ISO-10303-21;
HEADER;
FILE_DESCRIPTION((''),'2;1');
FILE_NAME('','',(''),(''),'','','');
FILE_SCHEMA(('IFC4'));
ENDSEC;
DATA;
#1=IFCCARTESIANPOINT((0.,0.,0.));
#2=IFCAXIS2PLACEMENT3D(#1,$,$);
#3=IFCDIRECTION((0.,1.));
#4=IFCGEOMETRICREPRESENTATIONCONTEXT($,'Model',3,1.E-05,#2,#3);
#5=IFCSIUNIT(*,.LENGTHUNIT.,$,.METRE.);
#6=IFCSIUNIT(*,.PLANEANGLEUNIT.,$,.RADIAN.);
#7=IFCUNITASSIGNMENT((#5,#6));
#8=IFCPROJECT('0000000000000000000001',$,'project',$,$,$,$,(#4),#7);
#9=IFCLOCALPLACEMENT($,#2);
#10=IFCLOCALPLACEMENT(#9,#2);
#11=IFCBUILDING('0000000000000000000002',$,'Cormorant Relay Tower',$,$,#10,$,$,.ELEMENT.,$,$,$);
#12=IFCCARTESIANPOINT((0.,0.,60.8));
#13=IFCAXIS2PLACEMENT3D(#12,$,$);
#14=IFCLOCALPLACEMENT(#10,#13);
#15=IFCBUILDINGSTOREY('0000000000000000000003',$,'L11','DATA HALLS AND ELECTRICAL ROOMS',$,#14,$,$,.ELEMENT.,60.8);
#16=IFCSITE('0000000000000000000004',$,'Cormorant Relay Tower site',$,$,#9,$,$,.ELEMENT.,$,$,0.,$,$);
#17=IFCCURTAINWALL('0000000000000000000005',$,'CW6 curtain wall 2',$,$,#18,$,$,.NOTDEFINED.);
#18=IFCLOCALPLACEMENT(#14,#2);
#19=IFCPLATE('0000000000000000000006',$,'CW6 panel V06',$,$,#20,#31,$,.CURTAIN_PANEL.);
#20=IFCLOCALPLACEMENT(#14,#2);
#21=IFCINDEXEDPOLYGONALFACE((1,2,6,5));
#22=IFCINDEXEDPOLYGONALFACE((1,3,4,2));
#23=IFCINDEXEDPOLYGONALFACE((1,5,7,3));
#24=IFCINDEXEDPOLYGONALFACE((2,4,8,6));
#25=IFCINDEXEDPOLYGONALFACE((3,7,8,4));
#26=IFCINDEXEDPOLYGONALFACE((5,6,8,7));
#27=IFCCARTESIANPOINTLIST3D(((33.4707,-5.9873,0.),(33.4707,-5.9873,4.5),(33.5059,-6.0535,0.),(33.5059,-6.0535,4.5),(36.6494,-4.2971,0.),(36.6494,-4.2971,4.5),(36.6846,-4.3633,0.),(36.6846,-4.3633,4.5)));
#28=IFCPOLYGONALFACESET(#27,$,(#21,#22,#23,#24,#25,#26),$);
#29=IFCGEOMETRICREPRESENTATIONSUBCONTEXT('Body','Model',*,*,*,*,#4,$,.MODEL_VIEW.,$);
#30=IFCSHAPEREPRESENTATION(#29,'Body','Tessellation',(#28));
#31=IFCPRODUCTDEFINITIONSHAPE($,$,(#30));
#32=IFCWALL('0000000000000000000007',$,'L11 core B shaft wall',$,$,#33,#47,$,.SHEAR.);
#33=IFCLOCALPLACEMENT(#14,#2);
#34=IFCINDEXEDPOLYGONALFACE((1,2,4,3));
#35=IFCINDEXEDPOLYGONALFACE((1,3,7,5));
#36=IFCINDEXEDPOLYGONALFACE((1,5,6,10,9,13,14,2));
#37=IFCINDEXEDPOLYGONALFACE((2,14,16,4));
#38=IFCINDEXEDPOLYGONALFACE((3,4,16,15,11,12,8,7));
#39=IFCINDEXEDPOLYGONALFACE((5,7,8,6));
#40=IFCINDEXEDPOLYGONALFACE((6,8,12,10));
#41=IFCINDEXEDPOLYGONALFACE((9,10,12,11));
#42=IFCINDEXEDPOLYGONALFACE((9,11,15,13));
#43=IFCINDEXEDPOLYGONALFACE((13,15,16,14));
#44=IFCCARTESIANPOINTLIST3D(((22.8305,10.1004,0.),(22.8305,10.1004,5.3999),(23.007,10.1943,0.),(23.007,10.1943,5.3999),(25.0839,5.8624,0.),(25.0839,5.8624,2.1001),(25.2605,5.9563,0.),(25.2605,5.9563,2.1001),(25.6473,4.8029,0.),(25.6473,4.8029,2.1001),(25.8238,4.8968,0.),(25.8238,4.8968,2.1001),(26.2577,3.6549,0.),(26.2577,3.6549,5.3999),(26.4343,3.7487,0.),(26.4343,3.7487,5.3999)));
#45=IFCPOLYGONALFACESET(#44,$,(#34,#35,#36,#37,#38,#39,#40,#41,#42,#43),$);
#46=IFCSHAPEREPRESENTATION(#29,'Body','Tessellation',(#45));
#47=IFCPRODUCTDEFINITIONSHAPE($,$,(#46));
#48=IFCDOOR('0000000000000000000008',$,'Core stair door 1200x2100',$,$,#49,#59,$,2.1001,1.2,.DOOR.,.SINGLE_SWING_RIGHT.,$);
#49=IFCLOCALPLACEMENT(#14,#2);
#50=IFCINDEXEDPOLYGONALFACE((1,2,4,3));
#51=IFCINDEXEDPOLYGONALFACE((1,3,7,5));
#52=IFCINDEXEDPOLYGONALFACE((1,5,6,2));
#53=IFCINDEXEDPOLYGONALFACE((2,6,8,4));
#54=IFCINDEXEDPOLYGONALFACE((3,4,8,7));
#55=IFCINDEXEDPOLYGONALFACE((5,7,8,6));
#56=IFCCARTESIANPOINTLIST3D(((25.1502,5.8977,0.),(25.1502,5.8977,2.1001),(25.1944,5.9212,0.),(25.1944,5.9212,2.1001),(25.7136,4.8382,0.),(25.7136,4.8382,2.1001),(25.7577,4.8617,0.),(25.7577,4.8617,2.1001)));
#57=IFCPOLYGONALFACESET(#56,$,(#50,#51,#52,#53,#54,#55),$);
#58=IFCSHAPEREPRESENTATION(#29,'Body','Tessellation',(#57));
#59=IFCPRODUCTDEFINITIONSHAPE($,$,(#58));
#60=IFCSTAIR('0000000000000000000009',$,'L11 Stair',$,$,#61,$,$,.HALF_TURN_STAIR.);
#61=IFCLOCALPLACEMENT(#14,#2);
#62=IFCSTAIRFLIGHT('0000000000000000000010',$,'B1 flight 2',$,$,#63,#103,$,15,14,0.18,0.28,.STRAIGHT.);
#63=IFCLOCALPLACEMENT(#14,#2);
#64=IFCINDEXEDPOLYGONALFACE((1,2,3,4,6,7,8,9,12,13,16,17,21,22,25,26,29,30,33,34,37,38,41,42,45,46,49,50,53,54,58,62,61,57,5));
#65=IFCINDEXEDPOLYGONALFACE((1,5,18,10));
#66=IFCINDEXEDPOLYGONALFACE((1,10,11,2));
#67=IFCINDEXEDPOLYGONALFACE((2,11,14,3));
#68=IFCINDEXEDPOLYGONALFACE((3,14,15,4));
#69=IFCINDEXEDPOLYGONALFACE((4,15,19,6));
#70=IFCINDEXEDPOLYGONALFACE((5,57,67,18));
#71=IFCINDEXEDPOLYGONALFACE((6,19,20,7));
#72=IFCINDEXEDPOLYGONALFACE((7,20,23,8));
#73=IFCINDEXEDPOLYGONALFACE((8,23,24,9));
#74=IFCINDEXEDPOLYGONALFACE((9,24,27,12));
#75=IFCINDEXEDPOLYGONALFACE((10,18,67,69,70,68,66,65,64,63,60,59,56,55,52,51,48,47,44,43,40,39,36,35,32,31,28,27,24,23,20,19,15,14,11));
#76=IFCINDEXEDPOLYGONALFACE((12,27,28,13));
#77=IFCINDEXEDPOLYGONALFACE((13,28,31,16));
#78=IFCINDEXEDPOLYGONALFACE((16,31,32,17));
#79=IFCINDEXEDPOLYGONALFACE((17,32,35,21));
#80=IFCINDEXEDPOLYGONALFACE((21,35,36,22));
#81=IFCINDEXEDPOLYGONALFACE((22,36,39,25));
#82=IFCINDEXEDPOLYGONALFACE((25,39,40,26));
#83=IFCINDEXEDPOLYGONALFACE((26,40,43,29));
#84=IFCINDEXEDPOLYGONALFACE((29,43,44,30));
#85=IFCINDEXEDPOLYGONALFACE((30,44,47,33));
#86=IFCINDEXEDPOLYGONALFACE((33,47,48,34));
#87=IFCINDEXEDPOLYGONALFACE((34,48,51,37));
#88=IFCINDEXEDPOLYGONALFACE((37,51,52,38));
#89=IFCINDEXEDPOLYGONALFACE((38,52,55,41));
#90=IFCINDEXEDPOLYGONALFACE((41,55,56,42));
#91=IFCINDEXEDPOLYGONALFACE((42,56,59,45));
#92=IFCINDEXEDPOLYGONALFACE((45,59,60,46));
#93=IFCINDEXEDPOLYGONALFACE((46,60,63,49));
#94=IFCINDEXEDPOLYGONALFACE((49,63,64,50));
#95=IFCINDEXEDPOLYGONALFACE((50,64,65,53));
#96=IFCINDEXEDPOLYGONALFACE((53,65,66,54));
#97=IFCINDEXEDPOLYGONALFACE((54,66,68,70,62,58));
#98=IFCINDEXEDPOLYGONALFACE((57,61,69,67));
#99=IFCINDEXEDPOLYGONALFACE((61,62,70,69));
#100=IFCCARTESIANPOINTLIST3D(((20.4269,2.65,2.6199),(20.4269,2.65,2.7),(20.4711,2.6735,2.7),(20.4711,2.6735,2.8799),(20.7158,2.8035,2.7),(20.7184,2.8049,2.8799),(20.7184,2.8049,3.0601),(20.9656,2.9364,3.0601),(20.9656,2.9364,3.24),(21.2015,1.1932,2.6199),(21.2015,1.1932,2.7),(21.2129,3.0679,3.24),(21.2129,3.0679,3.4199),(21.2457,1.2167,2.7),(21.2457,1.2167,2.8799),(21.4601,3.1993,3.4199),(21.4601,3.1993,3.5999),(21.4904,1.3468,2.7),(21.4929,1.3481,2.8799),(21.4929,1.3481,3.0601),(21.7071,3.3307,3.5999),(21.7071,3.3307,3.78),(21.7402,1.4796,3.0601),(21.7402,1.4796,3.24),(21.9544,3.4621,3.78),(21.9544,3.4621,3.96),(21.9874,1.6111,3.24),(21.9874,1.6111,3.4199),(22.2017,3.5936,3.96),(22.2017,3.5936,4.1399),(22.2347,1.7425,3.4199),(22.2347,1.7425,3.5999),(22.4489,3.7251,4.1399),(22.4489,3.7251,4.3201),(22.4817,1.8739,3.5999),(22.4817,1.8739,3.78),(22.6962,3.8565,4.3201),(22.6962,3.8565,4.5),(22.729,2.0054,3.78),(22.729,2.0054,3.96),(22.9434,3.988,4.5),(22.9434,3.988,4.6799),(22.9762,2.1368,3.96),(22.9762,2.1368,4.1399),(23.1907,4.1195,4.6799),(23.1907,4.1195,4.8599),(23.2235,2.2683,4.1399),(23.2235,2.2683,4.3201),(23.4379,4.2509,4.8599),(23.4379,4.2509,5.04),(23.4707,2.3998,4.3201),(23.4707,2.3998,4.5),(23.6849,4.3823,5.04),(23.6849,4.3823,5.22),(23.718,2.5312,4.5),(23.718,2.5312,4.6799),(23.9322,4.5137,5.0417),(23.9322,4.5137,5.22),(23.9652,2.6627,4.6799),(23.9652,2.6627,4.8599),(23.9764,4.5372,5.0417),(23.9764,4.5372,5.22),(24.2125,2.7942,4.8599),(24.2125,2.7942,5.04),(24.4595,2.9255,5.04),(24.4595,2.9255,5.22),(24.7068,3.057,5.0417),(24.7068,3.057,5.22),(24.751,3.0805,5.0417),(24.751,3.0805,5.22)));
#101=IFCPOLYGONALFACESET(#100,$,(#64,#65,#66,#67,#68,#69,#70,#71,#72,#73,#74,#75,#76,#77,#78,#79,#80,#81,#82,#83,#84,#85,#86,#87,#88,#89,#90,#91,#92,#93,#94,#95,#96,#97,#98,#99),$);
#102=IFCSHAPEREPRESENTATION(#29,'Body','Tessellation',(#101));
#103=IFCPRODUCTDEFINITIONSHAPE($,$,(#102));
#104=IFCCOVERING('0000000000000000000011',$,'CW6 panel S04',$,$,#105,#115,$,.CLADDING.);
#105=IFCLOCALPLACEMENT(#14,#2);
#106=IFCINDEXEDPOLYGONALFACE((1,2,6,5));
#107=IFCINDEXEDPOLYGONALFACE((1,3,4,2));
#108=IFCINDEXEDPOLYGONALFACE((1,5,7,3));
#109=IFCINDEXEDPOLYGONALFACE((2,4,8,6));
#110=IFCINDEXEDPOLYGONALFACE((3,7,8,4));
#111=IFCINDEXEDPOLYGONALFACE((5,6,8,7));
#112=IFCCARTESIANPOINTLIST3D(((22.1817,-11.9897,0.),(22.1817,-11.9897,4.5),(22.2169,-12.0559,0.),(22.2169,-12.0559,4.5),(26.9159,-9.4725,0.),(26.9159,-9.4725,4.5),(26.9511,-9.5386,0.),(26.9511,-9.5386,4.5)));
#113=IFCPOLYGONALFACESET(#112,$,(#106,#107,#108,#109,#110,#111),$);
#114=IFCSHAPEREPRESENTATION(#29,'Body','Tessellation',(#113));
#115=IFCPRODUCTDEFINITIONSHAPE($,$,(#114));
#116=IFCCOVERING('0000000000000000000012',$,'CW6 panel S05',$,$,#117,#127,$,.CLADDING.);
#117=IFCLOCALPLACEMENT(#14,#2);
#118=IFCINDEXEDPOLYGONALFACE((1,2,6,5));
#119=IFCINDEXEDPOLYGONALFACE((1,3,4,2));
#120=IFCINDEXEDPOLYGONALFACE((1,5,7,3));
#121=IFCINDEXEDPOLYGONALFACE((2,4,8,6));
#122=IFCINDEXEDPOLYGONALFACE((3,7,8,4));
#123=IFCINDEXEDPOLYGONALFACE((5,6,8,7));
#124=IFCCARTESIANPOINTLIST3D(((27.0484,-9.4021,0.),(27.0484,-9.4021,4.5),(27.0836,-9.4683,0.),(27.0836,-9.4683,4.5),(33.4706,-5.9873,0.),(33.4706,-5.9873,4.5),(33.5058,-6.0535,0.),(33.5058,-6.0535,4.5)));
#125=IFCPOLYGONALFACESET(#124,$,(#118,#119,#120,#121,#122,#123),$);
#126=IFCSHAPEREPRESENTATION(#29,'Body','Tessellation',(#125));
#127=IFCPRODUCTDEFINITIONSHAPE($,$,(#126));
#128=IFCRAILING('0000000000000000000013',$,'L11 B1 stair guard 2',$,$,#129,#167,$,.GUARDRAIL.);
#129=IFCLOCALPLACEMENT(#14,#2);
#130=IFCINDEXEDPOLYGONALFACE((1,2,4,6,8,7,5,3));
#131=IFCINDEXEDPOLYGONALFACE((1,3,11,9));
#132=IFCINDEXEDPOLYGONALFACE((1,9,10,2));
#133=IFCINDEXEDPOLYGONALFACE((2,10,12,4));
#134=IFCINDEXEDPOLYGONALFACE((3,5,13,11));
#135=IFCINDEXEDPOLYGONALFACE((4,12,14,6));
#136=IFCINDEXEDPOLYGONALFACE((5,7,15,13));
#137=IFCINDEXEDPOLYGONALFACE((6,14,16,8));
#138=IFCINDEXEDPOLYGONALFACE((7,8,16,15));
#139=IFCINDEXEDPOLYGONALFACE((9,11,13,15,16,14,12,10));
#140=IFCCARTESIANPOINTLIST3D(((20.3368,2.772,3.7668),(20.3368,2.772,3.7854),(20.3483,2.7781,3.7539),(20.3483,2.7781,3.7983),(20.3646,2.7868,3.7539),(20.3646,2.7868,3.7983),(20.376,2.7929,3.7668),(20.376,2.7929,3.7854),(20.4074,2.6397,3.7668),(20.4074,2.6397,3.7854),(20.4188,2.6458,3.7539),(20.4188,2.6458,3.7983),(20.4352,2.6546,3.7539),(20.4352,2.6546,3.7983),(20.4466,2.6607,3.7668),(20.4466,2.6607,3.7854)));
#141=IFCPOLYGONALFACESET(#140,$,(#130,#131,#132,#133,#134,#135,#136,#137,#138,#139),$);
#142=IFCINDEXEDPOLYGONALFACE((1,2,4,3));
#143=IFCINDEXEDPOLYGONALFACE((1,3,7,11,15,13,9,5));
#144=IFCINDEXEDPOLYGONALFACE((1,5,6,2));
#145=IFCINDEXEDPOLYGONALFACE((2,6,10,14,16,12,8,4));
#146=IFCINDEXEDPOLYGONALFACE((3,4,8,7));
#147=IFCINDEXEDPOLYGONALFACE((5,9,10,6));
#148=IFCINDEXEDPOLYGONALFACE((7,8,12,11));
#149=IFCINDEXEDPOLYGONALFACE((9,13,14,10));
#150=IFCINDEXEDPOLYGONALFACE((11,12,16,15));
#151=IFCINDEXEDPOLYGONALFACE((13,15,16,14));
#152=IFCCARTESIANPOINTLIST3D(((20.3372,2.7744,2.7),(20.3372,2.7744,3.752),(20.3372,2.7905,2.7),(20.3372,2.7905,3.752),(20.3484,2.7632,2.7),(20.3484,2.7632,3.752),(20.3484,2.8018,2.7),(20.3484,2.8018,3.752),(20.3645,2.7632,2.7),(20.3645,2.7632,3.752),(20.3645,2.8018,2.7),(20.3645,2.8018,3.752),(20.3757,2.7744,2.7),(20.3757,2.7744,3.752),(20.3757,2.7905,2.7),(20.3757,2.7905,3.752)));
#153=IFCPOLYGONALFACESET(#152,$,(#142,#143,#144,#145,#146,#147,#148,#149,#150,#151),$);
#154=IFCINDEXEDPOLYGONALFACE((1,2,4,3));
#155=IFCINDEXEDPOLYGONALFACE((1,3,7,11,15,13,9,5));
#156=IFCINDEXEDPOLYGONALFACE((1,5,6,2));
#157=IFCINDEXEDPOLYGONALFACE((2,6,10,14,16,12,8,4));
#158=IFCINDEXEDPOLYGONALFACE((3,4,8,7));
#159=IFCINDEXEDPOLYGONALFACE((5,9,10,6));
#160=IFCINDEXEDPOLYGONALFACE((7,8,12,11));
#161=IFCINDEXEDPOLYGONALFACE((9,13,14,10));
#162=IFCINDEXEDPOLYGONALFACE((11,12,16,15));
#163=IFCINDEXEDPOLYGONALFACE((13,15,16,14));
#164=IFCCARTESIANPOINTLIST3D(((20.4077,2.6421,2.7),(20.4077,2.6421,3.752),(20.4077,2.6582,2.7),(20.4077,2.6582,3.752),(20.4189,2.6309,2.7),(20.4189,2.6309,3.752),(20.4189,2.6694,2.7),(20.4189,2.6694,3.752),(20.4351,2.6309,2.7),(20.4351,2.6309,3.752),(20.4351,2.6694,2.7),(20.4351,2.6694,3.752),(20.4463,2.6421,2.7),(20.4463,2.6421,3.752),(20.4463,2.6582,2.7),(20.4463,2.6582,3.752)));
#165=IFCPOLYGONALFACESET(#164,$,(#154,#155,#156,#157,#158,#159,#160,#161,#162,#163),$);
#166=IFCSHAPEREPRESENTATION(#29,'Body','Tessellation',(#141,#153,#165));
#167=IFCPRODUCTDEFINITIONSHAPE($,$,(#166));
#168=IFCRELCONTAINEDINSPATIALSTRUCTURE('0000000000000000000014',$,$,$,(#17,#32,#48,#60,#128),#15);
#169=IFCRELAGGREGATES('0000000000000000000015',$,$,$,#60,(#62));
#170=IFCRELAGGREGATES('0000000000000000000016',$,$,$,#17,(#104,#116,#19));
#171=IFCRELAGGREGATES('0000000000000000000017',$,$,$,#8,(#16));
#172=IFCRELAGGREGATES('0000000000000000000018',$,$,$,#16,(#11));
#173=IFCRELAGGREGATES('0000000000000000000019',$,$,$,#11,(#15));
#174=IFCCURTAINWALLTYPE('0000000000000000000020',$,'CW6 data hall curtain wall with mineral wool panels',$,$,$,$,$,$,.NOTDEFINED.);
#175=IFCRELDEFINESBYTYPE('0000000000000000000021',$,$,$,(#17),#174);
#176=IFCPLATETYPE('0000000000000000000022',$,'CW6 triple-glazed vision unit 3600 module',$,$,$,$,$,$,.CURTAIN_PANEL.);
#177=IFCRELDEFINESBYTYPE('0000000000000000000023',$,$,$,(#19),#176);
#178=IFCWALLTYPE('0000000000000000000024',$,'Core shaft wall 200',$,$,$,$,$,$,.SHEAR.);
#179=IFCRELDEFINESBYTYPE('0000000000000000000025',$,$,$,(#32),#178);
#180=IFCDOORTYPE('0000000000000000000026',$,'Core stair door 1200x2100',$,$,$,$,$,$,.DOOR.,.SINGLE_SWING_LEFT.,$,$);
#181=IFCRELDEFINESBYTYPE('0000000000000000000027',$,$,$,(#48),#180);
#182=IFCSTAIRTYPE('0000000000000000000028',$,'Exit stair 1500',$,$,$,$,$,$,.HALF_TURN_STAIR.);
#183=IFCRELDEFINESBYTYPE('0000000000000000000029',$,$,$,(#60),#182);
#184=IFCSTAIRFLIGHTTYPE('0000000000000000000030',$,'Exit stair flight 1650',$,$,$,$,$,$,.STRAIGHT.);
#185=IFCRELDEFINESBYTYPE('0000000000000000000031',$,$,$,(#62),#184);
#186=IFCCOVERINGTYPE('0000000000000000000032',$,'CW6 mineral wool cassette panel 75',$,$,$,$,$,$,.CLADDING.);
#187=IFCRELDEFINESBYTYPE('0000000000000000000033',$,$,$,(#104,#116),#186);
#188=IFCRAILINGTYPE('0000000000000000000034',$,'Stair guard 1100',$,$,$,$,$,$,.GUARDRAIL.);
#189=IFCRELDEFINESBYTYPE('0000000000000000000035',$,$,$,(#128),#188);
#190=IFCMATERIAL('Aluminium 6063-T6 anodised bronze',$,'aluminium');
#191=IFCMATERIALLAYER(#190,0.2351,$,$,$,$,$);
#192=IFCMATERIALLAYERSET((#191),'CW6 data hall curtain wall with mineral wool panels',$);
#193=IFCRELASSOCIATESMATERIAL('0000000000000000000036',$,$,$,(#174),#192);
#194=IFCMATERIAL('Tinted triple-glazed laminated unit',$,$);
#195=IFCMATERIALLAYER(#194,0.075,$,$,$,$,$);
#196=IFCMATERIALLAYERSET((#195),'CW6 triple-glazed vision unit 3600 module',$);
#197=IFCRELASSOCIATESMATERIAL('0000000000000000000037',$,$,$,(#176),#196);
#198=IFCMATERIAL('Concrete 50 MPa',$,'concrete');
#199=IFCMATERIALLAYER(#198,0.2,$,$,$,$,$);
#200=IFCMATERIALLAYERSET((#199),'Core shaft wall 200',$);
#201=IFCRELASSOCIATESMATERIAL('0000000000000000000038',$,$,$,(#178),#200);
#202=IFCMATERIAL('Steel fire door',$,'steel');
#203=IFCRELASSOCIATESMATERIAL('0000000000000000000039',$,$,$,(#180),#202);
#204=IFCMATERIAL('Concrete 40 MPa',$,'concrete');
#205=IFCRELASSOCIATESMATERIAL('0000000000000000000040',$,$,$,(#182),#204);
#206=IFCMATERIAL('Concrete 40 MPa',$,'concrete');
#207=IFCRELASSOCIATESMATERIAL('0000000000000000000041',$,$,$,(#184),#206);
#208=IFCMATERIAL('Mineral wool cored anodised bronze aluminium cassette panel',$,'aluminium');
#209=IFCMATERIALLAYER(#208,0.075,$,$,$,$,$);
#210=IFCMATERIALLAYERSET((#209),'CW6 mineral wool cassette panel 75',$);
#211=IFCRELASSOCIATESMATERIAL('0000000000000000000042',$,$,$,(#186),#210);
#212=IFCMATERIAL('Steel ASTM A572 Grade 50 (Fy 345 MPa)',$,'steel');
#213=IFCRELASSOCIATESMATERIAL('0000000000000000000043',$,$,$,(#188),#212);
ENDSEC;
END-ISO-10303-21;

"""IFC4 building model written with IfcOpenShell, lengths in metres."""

from ifc_helpers import new_model, si_unit, direction, frame, frame_2d, origin, origin_2d, place, context, subcontext, project, spatial, polyline, rectangle, outline, extrude, material, layer, layer_set, type_object, element, fill, aggregate, save


model = new_model("IFC4")

# Units and contexts
model_context = context("Model", 3, precision=1e-05, world=origin(), true_north=direction((0.0, 1.0)))
body_context = subcontext(model_context, "Body", "Model", "MODEL_VIEW")
ifc_project = project(units=[si_unit("LENGTHUNIT", "METRE"), si_unit("PLANEANGLEUNIT", "RADIAN")], contexts=[model_context])

# Site, building, storey
site_placement = place(None, origin())
site = spatial("IfcSite", under=ifc_project, at=site_placement, Name="Cormorant Relay Tower site", CompositionType="ELEMENT", RefElevation=0.0)
building_placement = place(site_placement, origin())
building = spatial("IfcBuilding", under=site, at=building_placement, Name="Cormorant Relay Tower", CompositionType="ELEMENT")
storey_placement = place(building_placement, frame((0.0, 0.0, 60.8)))
storey = spatial("IfcBuildingStorey", under=building, at=storey_placement, Name="L11", Description="DATA HALLS AND ELECTRICAL ROOMS", CompositionType="ELEMENT", Elevation=60.8)

# Curtain wall
ifc_material_1 = material(Name="Aluminium 6063-T6 anodised bronze", Category="aluminium")
ifc_layer_1 = layer(ifc_material_1, 0.2351)
ifc_layer_set_1 = layer_set([ifc_layer_1], Name="CW6 data hall curtain wall with mineral wool panels")
curtain_wall_type = type_object("IfcCurtainWallType", Name="CW6 data hall curtain wall with mineral wool panels", PredefinedType="NOTDEFINED", material=ifc_layer_set_1)
curtain_wall_placement = place(storey_placement, origin())
curtain_wall = element("IfcCurtainWall", 1, at=curtain_wall_placement, inside=storey, type_object=curtain_wall_type, Name="CW6 curtain wall 2", PredefinedType="NOTDEFINED")

# Plate
ifc_material_2 = material(Name="Tinted triple-glazed laminated unit")
ifc_layer_2 = layer(ifc_material_2, 0.075)
ifc_layer_set_2 = layer_set([ifc_layer_2], Name="CW6 triple-glazed vision unit 3600 module")
plate_type = type_object("IfcPlateType", Name="CW6 triple-glazed vision unit 3600 module", PredefinedType="CURTAIN_PANEL", material=ifc_layer_set_2)
plate_placement = place(storey_placement, frame((35.0776, -5.1753, 0.0), z_axis=(0.0, 0.0, 1.0), x_axis=(0.882948, 0.469472, 0.0)))
plate = element("IfcPlate", 2, at=plate_placement, type_object=plate_type, Name="CW6 panel V06", PredefinedType="CURTAIN_PANEL", context=body_context, shape_type="SweptSolid", body=[
    extrude(rectangle(XDim=3.6001, YDim=0.075, at=origin_2d()), origin(), (0.0, 0.0, 1.0), 4.5),
])

# Wall, opening, door
ifc_material_3 = material(Name="Concrete 50 MPa", Category="concrete")
ifc_layer_3 = layer(ifc_material_3, 0.2)
ifc_layer_set_3 = layer_set([ifc_layer_3], Name="Core shaft wall 200")
wall_type = type_object("IfcWallType", Name="Core shaft wall 200", PredefinedType="SHEAR", material=ifc_layer_set_3)
wall_placement = place(storey_placement, frame((26.3459, 3.7019, 0.0), z_axis=(0.0, 0.0, 1.0), x_axis=(-0.46948, 0.882943, 0.0)))
wall = element("IfcWall", 3, at=wall_placement, inside=storey, type_object=wall_type, Name="L11 core B shaft wall", PredefinedType="SHEAR", context=body_context, shape_type="SweptSolid", body=[
    extrude(rectangle(XDim=7.3, YDim=0.2, at=frame_2d((3.6499, 0.0))), origin(), (0.0, 0.0, 1.0), 5.3999),
])
opening_placement = place(wall_placement, frame((1.3, 0.0, 0.0)))
opening = element("IfcOpeningElement", 4, at=opening_placement, cuts=wall, PredefinedType="OPENING", context=body_context, shape_type="SweptSolid", body=[
    extrude(rectangle(XDim=1.2, YDim=2.1001, at=frame_2d((0.6001, 1.05))), frame((0.0, 0.1099, 0.0), z_axis=(0.0, -1.0, 0.0), x_axis=(1.0, 0.0, 0.0)), (0.0, 0.0, 1.0), 0.22),
])
ifc_material_4 = material(Name="Steel fire door", Category="steel")
door_type = type_object("IfcDoorType", Name="Core stair door 1200x2100", OperationType="SINGLE_SWING_LEFT", PredefinedType="DOOR", material=ifc_material_4)
door_placement = place(opening_placement, origin())
door = element("IfcDoor", 5, at=door_placement, inside=storey, type_object=door_type, Name="Core stair door 1200x2100", OperationType="SINGLE_SWING_RIGHT", OverallHeight=2.1001, OverallWidth=1.2, PredefinedType="DOOR", context=body_context, shape_type="SweptSolid", body=[
    extrude(rectangle(XDim=1.2, YDim=2.1001, at=frame_2d((0.6001, 1.05))), frame((0.0, 0.0249, 0.0), z_axis=(0.0, -1.0, 0.0), x_axis=(1.0, 0.0, 0.0)), (0.0, 0.0, 1.0), 0.05),
])
fill(opening, door)

# Stair, stair flight
ifc_material_5 = material(Name="Concrete 40 MPa", Category="concrete")
stair_type = type_object("IfcStairType", Name="Exit stair 1500", PredefinedType="HALF_TURN_STAIR", material=ifc_material_5)
stair_placement = place(storey_placement, origin())
stair = element("IfcStair", 6, at=stair_placement, inside=storey, type_object=stair_type, Name="L11 Stair", PredefinedType="HALF_TURN_STAIR")
ifc_material_6 = material(Name="Concrete 40 MPa", Category="concrete")
stair_flight_type = type_object("IfcStairFlightType", Name="Exit stair flight 1650", PredefinedType="STRAIGHT", material=ifc_material_6)
stair_flight_placement = place(storey_placement, frame((20.8584, 1.9451, 2.7), z_axis=(0.0, 0.0, 1.0), x_axis=(0.882948, 0.469472, 0.0)))
stair_flight = element("IfcStairFlight", 7, at=stair_flight_placement, type_object=stair_flight_type, Name="B1 flight 2", NumberOfRisers=15, NumberOfTreads=14, PredefinedType="STRAIGHT", RiserHeight=0.18, TreadLength=0.28, context=body_context, shape_type="SweptSolid", body=[
    extrude(outline(polyline([(-0.05, -0.0801), (-0.05, 0.0), (0.0, 0.0), (0.0, 0.1799), (0.28, 0.1799), (0.28, 0.3601), (0.5601, 0.3601), (0.5601, 0.54), (0.8401, 0.54), (0.8401, 0.72), (1.1201, 0.72), (1.1201, 0.8999), (1.3999, 0.8999), (1.3999, 1.0801), (1.6799, 1.0801), (1.6799, 1.26), (1.96, 1.26), (1.96, 1.4399), (2.24, 1.4399), (2.24, 1.6201), (2.52, 1.6201), (2.52, 1.8), (2.8, 1.8), (2.8, 1.98), (3.0801, 1.98), (3.0801, 2.1599), (3.3601, 2.1599), (3.3601, 2.3401), (3.6399, 2.3401), (3.6399, 2.52), (3.9199, 2.52), (3.97, 2.52), (3.97, 2.3418), (3.9199, 2.3418), (0.2771, 0.0), (-0.05, -0.0801)])), frame((0.0, 0.825, 0.0), z_axis=(0.0, -1.0, 0.0), x_axis=(1.0, 0.0, 0.0)), (0.0, 0.0, 1.0), 1.6499),
])
aggregate(stair, [stair_flight])

# Coverings
ifc_material_7 = material(Name="Mineral wool cored anodised bronze aluminium cassette panel", Category="aluminium")
ifc_layer_4 = layer(ifc_material_7, 0.075)
ifc_layer_set_4 = layer_set([ifc_layer_4], Name="CW6 mineral wool cassette panel 75")
covering_type = type_object("IfcCoveringType", Name="CW6 mineral wool cassette panel 75", PredefinedType="CLADDING", material=ifc_layer_set_4)
covering_1_placement = place(storey_placement, frame((24.5664, -10.7642, 0.0), z_axis=(0.0, 0.0, 1.0), x_axis=(0.882948, 0.469472, 0.0)))
covering_1 = element("IfcCovering", 8, at=covering_1_placement, type_object=covering_type, Name="CW6 panel S04", PredefinedType="CLADDING", context=body_context, shape_type="SweptSolid", body=[
    extrude(rectangle(XDim=5.3618, YDim=0.075, at=origin_2d()), origin(), (0.0, 0.0, 1.0), 4.5),
])
covering_2_placement = place(storey_placement, frame((30.2771, -7.7278, 0.0), z_axis=(0.0, 0.0, 1.0), x_axis=(0.882948, 0.469472, 0.0)))
covering_2 = element("IfcCovering", 9, at=covering_2_placement, type_object=covering_type, Name="CW6 panel S05", PredefinedType="CLADDING", context=body_context, shape_type="SweptSolid", body=[
    extrude(rectangle(XDim=7.2737, YDim=0.075, at=origin_2d()), origin(), (0.0, 0.0, 1.0), 4.5),
])
aggregate(curtain_wall, [covering_1, covering_2, plate])

# Railing
ifc_material_8 = material(Name="Steel ASTM A572 Grade 50 (Fy 345 MPa)", Category="steel")
railing_type_1 = type_object("IfcRailingType", Name="Stair guard 1100", PredefinedType="GUARDRAIL", material=ifc_material_8)
railing_1_placement = place(storey_placement, frame((20.3564, 2.7825, 2.7)))
element("IfcRailing", 10, at=railing_1_placement, inside=storey, type_object=railing_type_1, Name="L11 B1 stair guard 2", PredefinedType="GUARDRAIL", context=body_context, shape_type="SweptSolid", body=[
    extrude(outline(polyline([(0.0222, 0.0093), (0.0093, 0.0222), (-0.0093, 0.0222), (-0.0222, 0.0093), (-0.0222, -0.0093), (-0.0093, -0.0222), (0.0093, -0.0222), (0.0222, -0.0093), (0.0222, 0.0093)])), frame((0.0, 0.0, 1.0762), z_axis=(0.470504, -0.882398, 0.0), x_axis=(0.882398, 0.470504, 0.0)), (0.0, 0.0, 1.0), 0.1499),
    extrude(outline(polyline([(0.0193, 0.0081), (0.0081, 0.0193), (-0.0081, 0.0193), (-0.0193, 0.0081), (-0.0193, -0.0081), (-0.0081, -0.0193), (0.0081, -0.0193), (0.0193, -0.0081), (0.0193, 0.0081)])), origin(), (0.0, 0.0, 1.0), 1.052),
    extrude(outline(polyline([(0.0193, 0.0081), (0.0081, 0.0193), (-0.0081, 0.0193), (-0.0193, 0.0081), (-0.0193, -0.0081), (-0.0081, -0.0193), (0.0081, -0.0193), (0.0193, -0.0081), (0.0193, 0.0081)])), frame((0.0706, -0.1323, 0.0)), (0.0, 0.0, 1.0), 1.052),
])

save(model, "model.ifc")
